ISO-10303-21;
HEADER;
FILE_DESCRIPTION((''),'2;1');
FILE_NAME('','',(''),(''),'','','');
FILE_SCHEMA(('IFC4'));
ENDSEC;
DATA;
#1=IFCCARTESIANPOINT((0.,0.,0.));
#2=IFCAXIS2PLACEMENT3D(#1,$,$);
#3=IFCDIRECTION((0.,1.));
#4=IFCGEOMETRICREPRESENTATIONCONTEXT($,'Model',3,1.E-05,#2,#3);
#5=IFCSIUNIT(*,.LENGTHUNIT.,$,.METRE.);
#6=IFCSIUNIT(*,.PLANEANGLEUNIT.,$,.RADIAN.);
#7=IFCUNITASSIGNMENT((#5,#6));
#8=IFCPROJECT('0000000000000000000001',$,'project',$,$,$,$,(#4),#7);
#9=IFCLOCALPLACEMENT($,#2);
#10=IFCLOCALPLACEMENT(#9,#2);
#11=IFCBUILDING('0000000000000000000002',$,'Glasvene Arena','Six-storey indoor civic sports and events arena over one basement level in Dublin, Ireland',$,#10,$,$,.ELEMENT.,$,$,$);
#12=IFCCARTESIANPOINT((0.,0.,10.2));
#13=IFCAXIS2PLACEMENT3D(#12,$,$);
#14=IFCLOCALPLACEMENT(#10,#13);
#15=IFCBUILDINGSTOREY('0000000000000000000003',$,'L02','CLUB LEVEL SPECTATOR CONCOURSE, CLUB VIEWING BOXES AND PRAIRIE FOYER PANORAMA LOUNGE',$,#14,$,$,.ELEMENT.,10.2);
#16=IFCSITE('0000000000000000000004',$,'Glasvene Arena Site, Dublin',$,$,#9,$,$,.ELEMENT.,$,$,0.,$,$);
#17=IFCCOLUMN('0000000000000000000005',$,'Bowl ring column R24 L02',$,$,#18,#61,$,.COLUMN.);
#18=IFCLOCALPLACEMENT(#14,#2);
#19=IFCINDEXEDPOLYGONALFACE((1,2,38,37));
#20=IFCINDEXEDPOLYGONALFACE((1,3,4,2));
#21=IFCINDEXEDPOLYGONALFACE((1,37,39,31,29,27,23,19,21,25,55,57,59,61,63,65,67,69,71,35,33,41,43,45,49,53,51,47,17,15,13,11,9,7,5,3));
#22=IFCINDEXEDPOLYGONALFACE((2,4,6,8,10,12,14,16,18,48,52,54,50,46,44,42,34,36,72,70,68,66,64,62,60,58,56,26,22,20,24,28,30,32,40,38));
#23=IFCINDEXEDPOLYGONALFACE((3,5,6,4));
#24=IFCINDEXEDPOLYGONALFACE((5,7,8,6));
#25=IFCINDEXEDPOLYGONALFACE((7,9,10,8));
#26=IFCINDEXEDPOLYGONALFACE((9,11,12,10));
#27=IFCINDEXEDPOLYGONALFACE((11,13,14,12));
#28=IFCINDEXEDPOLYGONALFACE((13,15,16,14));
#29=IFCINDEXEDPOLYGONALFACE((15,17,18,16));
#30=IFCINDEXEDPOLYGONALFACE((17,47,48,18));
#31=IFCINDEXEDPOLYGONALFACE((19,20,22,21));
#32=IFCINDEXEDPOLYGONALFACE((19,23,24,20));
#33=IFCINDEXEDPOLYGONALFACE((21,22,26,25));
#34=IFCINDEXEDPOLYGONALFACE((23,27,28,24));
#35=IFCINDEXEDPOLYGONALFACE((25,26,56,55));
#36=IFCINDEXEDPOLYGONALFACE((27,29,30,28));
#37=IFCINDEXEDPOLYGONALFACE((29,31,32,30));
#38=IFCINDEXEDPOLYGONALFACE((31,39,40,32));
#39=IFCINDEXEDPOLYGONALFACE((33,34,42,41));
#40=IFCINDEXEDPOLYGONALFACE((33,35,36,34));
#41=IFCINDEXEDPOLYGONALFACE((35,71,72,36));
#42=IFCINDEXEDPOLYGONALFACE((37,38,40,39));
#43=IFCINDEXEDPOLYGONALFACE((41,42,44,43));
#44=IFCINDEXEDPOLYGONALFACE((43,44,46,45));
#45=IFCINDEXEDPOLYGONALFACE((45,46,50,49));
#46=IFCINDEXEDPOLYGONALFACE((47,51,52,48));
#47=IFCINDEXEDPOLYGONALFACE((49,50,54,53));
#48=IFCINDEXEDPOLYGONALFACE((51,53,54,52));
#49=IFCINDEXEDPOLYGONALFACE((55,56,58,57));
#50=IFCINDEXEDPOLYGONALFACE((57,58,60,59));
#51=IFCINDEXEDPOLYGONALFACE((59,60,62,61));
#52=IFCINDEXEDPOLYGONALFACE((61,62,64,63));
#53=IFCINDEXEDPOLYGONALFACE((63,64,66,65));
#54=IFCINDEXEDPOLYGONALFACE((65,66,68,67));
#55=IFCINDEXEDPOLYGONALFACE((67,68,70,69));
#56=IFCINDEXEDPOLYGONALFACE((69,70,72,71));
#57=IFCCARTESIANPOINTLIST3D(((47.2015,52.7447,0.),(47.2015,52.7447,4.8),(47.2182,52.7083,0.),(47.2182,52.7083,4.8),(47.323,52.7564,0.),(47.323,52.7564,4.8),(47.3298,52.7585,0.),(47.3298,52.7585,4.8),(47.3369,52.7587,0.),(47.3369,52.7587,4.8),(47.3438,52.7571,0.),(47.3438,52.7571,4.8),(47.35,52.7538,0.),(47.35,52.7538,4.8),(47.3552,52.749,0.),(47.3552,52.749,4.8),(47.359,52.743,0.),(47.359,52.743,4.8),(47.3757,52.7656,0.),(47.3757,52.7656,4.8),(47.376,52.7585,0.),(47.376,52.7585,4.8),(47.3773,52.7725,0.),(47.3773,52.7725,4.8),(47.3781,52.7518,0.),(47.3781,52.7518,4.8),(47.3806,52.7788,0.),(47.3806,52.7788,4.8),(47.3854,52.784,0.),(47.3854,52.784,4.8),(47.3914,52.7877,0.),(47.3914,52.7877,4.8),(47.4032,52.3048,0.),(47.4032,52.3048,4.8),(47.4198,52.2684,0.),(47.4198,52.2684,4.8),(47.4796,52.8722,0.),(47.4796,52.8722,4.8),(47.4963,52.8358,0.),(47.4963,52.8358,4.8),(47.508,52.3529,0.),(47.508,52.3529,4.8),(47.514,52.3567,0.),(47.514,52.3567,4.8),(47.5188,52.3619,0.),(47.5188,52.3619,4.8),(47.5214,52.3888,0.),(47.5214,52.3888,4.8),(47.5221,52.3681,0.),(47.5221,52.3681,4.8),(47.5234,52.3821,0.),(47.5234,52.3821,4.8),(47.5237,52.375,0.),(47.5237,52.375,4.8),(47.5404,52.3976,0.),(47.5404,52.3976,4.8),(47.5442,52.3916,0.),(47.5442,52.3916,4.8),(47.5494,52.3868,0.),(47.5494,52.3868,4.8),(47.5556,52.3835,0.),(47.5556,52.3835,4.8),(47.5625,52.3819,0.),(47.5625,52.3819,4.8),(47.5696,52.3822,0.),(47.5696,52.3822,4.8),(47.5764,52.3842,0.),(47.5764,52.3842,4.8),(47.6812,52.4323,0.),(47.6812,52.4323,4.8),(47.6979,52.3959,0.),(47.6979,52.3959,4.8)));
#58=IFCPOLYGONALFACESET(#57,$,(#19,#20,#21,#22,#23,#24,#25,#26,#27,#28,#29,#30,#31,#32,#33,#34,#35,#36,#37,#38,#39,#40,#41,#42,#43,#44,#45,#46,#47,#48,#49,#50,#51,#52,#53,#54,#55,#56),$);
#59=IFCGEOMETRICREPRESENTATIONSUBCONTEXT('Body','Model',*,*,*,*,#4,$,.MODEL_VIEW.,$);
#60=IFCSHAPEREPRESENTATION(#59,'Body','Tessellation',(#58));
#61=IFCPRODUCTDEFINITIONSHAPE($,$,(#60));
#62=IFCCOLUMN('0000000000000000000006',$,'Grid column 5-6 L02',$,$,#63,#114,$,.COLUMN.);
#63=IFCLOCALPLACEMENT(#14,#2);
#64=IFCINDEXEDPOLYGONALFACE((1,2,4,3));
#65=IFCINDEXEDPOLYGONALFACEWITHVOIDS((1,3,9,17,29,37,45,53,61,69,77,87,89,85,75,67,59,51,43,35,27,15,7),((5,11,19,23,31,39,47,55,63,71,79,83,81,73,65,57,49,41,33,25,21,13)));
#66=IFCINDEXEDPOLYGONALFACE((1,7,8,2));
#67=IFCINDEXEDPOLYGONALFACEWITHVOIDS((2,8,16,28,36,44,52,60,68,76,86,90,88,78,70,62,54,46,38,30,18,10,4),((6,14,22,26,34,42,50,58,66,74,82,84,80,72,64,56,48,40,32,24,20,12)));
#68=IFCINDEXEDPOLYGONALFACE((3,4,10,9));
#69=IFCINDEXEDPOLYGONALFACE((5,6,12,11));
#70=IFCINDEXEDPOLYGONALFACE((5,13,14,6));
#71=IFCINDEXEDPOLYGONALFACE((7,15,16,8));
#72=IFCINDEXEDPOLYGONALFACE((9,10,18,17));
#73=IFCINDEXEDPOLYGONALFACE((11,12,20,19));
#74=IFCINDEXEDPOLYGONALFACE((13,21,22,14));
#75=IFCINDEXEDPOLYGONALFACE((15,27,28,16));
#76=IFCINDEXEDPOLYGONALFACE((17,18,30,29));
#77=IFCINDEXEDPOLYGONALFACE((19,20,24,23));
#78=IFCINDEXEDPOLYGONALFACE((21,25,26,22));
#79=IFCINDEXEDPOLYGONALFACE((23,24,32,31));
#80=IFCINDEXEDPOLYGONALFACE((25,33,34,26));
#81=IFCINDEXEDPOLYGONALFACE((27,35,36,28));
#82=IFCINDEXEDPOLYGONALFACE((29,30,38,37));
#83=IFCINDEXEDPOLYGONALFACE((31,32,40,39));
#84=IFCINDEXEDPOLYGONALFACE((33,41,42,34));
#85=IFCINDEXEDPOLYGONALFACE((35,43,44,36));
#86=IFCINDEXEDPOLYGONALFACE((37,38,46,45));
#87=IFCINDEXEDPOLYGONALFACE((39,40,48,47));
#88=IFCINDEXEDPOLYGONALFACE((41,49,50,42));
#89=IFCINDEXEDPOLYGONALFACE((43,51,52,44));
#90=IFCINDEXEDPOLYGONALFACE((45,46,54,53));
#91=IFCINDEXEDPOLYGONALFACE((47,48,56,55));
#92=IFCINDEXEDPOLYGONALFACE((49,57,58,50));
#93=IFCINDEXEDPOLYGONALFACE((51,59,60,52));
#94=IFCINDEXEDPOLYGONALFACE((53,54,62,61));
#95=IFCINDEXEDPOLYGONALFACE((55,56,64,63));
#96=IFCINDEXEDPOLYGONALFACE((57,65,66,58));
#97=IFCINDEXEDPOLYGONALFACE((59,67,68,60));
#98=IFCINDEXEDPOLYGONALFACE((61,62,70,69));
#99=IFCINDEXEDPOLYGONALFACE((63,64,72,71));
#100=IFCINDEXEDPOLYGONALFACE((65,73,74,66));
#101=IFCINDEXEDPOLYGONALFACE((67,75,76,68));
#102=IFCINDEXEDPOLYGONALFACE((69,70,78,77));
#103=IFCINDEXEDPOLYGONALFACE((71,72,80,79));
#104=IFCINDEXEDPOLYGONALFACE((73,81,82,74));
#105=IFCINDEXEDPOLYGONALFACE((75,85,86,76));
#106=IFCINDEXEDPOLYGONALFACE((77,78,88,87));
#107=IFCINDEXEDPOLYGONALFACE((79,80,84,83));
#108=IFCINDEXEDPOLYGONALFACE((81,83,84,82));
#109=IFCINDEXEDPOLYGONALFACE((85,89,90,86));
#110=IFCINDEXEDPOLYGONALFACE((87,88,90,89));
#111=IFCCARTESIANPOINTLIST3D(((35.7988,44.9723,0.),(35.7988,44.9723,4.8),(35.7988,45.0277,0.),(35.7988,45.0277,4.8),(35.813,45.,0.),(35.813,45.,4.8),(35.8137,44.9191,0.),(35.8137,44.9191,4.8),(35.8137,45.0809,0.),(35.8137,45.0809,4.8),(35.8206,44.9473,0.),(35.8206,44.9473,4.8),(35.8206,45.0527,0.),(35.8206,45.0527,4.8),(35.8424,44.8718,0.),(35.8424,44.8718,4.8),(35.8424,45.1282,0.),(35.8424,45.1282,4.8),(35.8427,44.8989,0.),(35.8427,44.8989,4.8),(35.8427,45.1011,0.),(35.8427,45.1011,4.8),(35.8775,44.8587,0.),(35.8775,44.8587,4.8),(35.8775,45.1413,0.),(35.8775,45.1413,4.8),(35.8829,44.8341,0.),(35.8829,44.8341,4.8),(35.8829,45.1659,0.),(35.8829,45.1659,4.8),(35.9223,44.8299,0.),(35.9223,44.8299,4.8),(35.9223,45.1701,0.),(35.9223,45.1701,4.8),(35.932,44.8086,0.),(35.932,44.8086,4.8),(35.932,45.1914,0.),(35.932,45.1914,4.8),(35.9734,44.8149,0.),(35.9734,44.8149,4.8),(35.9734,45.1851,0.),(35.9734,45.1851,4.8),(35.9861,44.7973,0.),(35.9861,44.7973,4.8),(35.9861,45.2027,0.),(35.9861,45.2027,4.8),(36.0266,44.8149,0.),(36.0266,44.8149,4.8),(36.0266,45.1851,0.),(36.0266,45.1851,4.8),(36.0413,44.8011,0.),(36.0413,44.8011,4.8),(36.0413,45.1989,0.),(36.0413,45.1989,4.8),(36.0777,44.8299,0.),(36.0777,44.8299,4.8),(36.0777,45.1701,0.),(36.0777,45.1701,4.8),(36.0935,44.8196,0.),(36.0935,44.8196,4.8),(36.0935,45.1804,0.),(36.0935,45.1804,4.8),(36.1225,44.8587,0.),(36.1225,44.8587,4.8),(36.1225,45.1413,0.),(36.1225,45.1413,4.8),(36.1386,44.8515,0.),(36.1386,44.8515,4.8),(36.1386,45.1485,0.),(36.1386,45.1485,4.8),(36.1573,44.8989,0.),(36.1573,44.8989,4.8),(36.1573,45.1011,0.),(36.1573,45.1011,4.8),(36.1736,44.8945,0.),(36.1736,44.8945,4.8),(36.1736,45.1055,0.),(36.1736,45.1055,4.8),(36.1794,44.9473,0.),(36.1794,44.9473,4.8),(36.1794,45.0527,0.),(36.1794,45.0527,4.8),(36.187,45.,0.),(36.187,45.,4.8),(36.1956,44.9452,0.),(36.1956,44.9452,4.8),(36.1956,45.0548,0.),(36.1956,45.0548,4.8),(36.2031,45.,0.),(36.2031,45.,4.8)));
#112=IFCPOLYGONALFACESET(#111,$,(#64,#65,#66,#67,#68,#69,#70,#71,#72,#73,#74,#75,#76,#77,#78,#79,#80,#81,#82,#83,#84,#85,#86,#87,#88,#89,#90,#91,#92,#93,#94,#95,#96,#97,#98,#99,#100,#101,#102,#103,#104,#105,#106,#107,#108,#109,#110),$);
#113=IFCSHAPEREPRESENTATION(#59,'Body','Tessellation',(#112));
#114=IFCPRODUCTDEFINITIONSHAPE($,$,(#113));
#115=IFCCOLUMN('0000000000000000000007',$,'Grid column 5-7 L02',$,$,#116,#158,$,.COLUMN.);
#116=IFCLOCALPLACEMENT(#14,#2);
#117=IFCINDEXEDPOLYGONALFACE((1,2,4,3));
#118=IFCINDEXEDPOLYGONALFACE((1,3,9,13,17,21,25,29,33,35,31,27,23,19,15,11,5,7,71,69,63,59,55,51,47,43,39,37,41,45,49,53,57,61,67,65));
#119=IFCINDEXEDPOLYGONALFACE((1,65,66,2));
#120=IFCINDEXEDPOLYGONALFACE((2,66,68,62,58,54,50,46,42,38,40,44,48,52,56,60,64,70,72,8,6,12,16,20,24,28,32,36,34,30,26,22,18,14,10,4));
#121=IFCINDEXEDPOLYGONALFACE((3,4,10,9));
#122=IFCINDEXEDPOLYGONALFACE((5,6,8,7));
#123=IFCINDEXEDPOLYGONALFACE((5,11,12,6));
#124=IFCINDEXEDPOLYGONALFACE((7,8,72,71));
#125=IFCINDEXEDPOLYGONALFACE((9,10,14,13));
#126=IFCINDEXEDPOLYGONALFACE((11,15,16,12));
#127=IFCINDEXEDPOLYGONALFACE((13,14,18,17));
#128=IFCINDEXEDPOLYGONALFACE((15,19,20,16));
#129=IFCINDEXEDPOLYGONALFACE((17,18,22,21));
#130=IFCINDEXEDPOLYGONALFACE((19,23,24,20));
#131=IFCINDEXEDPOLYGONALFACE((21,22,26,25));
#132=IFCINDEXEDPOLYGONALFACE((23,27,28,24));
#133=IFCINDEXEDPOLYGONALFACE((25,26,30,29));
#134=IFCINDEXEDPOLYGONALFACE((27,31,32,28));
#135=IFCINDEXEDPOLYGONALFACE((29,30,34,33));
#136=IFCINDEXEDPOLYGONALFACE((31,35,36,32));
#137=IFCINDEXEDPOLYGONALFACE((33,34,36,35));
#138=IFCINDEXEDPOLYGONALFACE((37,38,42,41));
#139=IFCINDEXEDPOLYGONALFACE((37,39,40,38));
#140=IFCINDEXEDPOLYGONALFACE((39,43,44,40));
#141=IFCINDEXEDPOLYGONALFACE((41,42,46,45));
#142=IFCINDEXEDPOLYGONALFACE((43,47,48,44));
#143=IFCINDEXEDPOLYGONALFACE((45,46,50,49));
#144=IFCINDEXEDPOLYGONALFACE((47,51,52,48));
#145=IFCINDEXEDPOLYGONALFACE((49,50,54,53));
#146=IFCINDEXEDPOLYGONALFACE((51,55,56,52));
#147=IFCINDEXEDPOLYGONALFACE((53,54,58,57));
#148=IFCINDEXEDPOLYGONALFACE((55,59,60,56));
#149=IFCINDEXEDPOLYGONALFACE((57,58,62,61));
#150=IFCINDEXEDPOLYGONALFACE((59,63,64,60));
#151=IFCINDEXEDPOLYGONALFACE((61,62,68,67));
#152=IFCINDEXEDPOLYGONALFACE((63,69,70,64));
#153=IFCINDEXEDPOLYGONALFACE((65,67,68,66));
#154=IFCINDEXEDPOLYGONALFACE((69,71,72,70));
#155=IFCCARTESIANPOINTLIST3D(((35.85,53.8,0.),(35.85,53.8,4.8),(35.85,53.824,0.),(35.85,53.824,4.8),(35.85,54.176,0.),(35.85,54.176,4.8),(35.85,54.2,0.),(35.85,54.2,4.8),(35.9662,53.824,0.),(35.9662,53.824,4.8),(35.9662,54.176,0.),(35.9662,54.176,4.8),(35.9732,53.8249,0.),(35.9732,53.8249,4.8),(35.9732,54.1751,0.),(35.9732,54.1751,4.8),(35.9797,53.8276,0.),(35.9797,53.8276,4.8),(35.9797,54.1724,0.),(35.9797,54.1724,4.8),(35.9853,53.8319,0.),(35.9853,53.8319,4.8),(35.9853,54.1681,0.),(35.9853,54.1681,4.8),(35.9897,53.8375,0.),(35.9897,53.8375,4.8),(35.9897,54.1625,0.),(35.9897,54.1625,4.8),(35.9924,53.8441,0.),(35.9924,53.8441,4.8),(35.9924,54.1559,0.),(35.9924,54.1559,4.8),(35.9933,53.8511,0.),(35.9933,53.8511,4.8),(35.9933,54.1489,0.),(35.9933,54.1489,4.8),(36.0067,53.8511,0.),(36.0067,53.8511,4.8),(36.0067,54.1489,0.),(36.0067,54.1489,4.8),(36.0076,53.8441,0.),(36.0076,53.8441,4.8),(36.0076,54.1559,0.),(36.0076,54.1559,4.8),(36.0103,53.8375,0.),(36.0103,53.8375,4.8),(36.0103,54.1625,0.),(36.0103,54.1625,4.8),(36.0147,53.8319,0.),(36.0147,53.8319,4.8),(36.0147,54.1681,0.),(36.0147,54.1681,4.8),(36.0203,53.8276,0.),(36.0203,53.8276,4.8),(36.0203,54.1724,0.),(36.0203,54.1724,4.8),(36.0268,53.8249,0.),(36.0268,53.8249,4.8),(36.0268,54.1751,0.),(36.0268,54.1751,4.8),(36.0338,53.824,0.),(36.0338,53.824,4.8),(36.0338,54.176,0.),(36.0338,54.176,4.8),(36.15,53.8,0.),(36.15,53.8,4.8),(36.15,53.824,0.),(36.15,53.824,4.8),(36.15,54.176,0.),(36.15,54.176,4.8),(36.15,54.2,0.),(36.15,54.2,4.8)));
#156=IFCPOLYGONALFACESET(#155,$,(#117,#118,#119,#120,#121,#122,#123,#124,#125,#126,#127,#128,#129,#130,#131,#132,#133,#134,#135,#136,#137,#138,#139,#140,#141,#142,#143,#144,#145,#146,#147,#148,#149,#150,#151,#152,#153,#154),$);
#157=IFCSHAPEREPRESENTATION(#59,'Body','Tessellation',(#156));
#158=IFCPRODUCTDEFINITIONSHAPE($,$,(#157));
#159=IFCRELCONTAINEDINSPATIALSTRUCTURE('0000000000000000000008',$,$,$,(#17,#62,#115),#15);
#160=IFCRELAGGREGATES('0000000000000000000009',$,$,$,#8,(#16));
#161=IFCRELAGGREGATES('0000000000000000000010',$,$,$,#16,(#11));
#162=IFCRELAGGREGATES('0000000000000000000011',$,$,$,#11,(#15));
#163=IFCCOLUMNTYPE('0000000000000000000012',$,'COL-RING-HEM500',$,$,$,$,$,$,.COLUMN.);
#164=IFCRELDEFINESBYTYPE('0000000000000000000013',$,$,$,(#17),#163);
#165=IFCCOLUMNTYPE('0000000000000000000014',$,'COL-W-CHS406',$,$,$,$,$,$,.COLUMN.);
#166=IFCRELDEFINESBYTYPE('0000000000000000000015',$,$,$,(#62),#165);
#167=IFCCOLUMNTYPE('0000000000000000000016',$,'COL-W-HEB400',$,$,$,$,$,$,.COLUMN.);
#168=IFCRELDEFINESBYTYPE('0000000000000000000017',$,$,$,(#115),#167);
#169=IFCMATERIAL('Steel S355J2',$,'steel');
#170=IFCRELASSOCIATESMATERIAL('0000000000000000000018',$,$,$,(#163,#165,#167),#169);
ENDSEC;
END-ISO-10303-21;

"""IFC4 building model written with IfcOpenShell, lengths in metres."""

from ifc_helpers import new_model, si_unit, direction, frame, origin, origin_2d, place, context, subcontext, project, spatial, hollow_circle, i_section, extrude, material, material_profile, profile_set, type_object, element, save


model = new_model("IFC4")

# Units and contexts
model_context = context("Model", 3, precision=1e-05, world=origin(), true_north=direction((0.0, 1.0)))
body_context = subcontext(model_context, "Body", "Model", "MODEL_VIEW")
ifc_project = project(units=[si_unit("LENGTHUNIT", "METRE"), si_unit("PLANEANGLEUNIT", "RADIAN")], contexts=[model_context])

# Site, building, storey
site_placement = place(None, origin())
site = spatial("IfcSite", under=ifc_project, at=site_placement, Name="Glasvene Arena Site, Dublin", CompositionType="ELEMENT", RefElevation=0.0)
building_placement = place(site_placement, origin())
building = spatial("IfcBuilding", under=site, at=building_placement, Name="Glasvene Arena", Description="Six-storey indoor civic sports and events arena over one basement level in Dublin, Ireland", CompositionType="ELEMENT")
storey_placement = place(building_placement, frame((0.0, 0.0, 10.2)))
storey = spatial("IfcBuildingStorey", under=building, at=storey_placement, Name="L02", Description="CLUB LEVEL SPECTATOR CONCOURSE, CLUB VIEWING BOXES AND PRAIRIE FOYER PANORAMA LOUNGE", CompositionType="ELEMENT", Elevation=10.2)

# Columns
ifc_material_1 = material(Name="Steel S355J2", Category="steel")
ifc_material_profile_1 = material_profile(ifc_material_1, i_section(OverallWidth=0.3059, OverallDepth=0.5239, WebThickness=0.021, FlangeThickness=0.04, FilletRadius=0.0271, at=origin_2d()), Name="HEM 500")
ifc_profile_set_1 = profile_set([ifc_material_profile_1], Name="Steel S355J2")
column_type_1 = type_object("IfcColumnType", Name="COL-RING-HEM500", PredefinedType="COLUMN", material=ifc_profile_set_1)
column_1_placement = place(storey_placement, frame((47.4497, 52.5703, 0.0), z_axis=(0.0, 0.0, 1.0), x_axis=(-0.909018, -0.416757, 0.0)))
element("IfcColumn", 1, at=column_1_placement, inside=storey, type_object=column_type_1, Name="Bowl ring column R24 L02", PredefinedType="COLUMN", context=body_context, shape_type="SweptSolid", body=[
    extrude(i_section(OverallWidth=0.3059, OverallDepth=0.5239, WebThickness=0.021, FlangeThickness=0.04, FilletRadius=0.0271, at=origin_2d()), origin(), (0.0, 0.0, 1.0), 4.8),
])
ifc_material_profile_2 = material_profile(ifc_material_1, hollow_circle(Radius=0.2031, WallThickness=0.0161, at=origin_2d()), Name="CHS 406.4x16.0")
ifc_profile_set_2 = profile_set([ifc_material_profile_2], Name="Steel S355J2")
column_type_2 = type_object("IfcColumnType", Name="COL-W-CHS406", PredefinedType="COLUMN", material=ifc_profile_set_2)
column_2_placement = place(storey_placement, frame((36.0, 45.0, 0.0), z_axis=(0.0, 0.0, 1.0), x_axis=(1.0, 0.0, 0.0)))
element("IfcColumn", 2, at=column_2_placement, inside=storey, type_object=column_type_2, Name="Grid column 5-6 L02", PredefinedType="COLUMN", context=body_context, shape_type="SweptSolid", body=[
    extrude(hollow_circle(Radius=0.2031, WallThickness=0.0161, at=origin_2d()), origin(), (0.0, 0.0, 1.0), 4.8),
])
ifc_material_profile_3 = material_profile(ifc_material_1, i_section(OverallWidth=0.3, OverallDepth=0.3999, WebThickness=0.0134, FlangeThickness=0.0239, FilletRadius=0.0271, at=origin_2d()), Name="HEB 400")
ifc_profile_set_3 = profile_set([ifc_material_profile_3], Name="Steel S355J2")
column_type_3 = type_object("IfcColumnType", Name="COL-W-HEB400", PredefinedType="COLUMN", material=ifc_profile_set_3)
column_3_placement = place(storey_placement, frame((36.0, 54.0, 0.0), z_axis=(0.0, 0.0, 1.0), x_axis=(1.0, 0.0, 0.0)))
element("IfcColumn", 3, at=column_3_placement, inside=storey, type_object=column_type_3, Name="Grid column 5-7 L02", PredefinedType="COLUMN", context=body_context, shape_type="SweptSolid", body=[
    extrude(i_section(OverallWidth=0.3, OverallDepth=0.3999, WebThickness=0.0134, FlangeThickness=0.0239, FilletRadius=0.0271, at=origin_2d()), origin(), (0.0, 0.0, 1.0), 4.8),
])

save(model, "model.ifc")
